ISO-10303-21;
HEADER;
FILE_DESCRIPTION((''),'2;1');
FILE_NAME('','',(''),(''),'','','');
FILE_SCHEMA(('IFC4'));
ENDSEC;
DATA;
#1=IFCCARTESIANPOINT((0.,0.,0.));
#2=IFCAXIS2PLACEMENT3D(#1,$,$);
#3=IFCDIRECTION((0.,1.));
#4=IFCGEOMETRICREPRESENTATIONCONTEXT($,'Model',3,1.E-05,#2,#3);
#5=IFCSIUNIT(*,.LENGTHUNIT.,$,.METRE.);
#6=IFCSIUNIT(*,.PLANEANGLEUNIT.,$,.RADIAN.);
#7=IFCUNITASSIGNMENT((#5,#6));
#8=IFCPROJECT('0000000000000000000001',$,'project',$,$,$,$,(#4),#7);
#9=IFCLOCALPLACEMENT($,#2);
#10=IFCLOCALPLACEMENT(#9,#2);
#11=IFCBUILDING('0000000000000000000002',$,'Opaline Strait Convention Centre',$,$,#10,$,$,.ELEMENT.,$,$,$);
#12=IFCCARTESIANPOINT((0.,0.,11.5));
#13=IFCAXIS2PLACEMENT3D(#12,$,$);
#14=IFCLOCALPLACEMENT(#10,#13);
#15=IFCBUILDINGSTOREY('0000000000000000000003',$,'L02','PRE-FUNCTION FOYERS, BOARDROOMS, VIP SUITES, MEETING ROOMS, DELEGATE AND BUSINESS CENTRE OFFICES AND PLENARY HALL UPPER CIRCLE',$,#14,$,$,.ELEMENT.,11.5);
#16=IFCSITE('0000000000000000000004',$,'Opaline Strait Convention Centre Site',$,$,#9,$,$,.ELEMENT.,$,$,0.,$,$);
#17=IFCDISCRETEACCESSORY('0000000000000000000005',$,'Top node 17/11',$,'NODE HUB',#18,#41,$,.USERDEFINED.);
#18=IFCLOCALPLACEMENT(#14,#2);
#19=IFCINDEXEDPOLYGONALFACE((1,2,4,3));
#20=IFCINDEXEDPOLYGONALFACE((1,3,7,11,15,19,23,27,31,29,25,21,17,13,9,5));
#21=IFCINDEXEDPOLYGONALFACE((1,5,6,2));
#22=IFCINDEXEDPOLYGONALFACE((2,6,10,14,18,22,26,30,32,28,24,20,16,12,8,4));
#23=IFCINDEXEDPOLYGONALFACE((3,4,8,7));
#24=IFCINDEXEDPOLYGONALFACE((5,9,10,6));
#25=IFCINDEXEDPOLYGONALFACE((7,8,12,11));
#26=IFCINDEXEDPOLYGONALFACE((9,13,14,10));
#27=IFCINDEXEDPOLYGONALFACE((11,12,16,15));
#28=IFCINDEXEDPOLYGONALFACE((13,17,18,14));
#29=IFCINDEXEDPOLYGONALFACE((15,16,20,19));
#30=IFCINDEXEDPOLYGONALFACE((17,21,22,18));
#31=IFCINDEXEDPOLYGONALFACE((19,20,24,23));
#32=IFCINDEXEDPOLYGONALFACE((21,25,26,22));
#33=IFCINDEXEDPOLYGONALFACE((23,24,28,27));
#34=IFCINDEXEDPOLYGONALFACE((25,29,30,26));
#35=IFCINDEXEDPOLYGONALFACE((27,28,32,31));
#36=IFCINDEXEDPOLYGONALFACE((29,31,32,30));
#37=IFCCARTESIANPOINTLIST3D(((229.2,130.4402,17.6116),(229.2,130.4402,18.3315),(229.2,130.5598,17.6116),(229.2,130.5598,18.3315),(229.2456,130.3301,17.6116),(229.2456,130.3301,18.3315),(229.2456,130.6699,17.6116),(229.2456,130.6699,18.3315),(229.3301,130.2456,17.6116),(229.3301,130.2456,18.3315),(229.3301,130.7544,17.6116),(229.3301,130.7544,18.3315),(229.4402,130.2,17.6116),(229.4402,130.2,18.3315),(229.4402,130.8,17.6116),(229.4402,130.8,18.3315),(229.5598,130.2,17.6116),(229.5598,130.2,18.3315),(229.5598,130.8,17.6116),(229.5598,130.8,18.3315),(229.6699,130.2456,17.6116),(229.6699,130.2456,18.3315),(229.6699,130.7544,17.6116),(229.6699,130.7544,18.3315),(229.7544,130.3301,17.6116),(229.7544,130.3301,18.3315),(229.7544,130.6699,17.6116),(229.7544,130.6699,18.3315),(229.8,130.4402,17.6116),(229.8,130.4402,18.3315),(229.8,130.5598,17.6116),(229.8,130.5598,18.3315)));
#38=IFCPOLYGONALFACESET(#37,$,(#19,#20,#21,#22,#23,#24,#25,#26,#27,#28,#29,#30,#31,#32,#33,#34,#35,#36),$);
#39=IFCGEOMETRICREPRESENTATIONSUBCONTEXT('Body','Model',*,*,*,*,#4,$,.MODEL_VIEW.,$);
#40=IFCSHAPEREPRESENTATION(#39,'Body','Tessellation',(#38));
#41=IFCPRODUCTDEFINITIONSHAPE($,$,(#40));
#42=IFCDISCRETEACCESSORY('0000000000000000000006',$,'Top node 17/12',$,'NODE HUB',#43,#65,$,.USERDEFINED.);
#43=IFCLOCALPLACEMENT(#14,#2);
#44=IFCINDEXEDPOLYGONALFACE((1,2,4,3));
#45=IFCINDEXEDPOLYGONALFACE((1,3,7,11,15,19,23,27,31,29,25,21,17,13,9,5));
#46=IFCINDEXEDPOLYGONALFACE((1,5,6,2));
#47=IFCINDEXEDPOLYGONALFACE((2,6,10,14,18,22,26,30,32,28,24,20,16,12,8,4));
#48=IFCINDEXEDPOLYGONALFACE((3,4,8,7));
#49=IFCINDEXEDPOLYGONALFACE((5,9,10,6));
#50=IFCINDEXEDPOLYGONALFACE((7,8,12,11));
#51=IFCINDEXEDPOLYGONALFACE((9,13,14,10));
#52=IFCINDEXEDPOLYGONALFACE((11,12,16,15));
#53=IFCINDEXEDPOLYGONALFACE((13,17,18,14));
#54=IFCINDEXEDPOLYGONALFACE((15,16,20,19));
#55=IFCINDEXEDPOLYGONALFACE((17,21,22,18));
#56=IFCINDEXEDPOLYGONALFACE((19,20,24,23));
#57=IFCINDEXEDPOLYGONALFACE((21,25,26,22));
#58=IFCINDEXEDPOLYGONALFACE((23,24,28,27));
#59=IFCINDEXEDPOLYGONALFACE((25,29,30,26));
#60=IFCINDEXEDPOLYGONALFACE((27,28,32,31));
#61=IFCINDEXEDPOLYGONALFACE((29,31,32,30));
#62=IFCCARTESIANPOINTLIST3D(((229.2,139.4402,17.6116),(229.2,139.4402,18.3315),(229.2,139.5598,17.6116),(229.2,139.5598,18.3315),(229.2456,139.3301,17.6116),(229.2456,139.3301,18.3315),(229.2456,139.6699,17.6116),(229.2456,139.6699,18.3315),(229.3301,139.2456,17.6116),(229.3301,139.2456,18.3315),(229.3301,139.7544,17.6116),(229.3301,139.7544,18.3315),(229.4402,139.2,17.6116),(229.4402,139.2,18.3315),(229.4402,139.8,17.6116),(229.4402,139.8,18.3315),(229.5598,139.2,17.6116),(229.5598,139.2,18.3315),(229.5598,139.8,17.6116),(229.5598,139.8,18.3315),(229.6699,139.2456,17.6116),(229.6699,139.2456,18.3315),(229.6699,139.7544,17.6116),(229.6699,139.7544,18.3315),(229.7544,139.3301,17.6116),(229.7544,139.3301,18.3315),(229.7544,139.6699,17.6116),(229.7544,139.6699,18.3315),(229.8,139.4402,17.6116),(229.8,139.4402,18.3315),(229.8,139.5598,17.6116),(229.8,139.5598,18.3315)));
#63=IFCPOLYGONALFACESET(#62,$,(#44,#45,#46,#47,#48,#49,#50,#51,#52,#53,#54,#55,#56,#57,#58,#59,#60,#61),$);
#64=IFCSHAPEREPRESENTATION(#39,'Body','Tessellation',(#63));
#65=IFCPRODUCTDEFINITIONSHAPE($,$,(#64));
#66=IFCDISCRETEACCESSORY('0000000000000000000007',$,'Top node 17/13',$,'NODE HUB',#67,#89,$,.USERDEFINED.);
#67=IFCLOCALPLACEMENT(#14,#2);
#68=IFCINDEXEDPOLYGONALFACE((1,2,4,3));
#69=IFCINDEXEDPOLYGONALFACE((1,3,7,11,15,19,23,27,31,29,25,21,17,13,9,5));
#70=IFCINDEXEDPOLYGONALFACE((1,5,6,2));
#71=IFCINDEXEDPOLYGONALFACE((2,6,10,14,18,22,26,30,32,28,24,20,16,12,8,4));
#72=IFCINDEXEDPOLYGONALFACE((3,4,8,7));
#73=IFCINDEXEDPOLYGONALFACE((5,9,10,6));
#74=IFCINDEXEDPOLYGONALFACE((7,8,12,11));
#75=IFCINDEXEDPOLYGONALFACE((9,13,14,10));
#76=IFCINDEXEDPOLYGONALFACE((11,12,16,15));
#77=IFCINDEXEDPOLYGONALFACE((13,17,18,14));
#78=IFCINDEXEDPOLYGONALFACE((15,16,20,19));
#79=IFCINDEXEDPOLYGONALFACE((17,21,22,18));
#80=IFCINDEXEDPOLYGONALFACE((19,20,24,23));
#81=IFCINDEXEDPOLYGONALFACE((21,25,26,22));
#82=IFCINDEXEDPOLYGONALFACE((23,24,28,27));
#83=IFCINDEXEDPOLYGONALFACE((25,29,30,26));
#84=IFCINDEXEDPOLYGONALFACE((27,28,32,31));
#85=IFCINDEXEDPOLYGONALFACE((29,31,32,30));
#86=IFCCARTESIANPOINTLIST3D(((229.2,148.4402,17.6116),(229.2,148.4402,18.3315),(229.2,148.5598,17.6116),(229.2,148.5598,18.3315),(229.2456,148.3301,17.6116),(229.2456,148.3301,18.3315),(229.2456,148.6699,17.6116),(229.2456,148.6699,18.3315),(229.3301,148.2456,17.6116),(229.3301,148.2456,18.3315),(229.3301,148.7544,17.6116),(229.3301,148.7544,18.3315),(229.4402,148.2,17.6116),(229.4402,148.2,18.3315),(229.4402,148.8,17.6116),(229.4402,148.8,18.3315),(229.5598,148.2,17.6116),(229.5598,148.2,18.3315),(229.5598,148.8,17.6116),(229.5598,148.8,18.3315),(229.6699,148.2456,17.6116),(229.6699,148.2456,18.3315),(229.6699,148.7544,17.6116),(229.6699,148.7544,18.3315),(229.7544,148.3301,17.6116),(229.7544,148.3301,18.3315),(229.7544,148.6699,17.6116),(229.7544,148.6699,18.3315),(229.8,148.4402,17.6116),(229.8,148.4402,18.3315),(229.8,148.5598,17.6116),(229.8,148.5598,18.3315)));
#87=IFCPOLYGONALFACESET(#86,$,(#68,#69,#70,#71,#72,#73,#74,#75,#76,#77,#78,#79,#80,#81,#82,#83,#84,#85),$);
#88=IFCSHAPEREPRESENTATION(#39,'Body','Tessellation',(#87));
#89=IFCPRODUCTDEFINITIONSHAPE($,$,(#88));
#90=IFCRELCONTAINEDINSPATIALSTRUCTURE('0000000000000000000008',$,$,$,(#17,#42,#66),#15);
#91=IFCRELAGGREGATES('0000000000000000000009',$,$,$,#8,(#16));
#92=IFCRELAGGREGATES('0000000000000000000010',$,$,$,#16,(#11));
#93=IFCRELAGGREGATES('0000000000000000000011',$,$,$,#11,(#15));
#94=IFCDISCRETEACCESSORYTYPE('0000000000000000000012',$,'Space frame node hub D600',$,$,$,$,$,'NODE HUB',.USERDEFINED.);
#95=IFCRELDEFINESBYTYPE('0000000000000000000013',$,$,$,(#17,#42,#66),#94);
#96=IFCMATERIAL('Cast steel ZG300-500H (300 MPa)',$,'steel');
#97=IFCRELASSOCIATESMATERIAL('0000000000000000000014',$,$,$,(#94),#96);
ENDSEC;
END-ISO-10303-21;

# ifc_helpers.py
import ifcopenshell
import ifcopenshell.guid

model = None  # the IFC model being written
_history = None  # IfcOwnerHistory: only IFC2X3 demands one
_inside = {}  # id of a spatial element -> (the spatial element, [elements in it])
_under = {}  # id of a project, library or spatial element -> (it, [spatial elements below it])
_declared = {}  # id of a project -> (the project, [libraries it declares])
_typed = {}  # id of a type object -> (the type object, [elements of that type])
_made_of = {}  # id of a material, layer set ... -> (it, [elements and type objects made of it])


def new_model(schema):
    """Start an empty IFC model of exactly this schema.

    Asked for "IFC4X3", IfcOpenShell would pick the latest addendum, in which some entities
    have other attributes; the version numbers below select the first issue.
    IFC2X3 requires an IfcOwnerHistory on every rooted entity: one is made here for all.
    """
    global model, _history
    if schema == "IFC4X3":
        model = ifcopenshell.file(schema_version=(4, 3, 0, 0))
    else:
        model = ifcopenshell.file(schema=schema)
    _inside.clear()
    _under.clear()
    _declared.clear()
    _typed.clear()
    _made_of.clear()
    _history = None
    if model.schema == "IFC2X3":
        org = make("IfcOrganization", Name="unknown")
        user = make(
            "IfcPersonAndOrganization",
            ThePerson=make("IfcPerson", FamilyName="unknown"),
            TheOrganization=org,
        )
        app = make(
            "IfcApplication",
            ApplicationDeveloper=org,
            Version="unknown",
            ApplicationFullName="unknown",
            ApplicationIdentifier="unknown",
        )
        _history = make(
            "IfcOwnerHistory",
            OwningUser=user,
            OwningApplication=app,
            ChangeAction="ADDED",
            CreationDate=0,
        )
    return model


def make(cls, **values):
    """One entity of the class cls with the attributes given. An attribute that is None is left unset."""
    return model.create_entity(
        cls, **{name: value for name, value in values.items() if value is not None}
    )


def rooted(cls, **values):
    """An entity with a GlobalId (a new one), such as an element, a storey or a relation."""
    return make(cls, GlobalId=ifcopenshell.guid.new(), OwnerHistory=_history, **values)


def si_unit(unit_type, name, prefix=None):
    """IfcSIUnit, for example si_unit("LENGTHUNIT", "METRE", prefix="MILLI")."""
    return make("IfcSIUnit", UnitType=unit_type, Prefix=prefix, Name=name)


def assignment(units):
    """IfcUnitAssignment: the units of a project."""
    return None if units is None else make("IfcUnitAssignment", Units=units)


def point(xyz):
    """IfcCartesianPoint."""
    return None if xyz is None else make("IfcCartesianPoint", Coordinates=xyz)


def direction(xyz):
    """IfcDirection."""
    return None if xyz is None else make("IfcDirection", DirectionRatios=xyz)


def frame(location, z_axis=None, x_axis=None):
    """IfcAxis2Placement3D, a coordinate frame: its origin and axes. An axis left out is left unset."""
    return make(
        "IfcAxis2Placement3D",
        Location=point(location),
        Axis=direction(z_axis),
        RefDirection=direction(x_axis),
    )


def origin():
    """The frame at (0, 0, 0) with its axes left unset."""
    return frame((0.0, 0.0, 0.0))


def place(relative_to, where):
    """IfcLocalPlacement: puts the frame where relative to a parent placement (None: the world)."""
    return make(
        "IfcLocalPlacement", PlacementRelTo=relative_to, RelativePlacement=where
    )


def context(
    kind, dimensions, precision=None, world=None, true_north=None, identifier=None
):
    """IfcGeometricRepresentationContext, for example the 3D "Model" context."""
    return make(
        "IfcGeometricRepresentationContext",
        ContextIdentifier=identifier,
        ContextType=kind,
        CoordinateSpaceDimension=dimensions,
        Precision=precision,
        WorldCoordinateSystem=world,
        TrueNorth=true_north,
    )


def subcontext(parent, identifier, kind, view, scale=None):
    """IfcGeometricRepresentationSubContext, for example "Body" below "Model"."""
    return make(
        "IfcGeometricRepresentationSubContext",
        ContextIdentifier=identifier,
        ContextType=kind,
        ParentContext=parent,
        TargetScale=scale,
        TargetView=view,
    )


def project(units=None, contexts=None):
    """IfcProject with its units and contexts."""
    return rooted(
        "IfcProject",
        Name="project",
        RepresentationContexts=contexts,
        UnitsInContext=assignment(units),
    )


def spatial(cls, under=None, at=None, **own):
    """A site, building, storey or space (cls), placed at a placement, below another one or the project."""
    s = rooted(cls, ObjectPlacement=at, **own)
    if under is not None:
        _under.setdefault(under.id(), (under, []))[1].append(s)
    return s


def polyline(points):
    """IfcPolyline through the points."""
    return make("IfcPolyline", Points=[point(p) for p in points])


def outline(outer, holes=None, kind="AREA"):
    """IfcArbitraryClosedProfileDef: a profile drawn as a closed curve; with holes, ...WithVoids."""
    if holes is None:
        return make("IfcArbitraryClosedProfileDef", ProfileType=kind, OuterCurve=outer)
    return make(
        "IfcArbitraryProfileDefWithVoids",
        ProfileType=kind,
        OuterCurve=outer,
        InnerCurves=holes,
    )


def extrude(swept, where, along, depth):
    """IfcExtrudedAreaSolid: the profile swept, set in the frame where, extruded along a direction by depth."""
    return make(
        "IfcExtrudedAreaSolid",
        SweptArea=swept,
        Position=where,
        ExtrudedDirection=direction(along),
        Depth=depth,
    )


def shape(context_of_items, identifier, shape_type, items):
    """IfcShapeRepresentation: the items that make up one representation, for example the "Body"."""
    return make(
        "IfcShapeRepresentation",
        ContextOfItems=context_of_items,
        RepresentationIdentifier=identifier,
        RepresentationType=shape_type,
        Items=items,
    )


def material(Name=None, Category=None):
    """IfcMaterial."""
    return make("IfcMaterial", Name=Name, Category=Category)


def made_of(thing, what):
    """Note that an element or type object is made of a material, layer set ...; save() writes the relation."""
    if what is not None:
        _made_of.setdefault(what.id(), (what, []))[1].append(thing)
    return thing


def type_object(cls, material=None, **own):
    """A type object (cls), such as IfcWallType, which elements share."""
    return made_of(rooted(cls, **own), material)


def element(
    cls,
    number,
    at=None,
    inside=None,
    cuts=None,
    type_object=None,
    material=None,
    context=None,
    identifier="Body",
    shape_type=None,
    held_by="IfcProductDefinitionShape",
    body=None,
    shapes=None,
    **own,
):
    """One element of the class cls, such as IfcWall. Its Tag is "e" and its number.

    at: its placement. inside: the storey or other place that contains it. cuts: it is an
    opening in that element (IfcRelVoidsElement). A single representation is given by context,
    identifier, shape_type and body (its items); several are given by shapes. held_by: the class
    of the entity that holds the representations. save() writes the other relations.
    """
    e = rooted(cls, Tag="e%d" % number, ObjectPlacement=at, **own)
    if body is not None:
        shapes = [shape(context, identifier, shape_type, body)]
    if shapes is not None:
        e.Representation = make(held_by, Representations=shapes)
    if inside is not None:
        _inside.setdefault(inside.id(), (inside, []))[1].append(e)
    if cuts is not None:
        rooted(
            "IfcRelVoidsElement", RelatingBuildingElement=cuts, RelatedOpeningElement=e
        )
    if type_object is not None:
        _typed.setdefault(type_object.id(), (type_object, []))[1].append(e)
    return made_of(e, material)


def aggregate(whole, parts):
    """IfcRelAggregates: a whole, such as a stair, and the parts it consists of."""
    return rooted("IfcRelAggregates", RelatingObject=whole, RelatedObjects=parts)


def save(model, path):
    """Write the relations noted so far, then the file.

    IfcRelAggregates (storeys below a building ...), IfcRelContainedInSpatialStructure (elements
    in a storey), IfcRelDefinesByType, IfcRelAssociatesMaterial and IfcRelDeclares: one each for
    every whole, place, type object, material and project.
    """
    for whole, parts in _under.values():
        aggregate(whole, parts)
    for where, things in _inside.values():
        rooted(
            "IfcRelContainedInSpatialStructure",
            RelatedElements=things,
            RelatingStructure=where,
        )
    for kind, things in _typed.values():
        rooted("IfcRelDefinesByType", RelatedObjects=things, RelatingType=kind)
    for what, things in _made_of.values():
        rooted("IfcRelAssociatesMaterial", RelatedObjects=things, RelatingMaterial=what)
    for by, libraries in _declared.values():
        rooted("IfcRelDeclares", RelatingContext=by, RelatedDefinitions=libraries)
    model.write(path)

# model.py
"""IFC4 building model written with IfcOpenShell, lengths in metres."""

from ifc_helpers import new_model, si_unit, direction, frame, origin, place, context, subcontext, project, spatial, polyline, outline, extrude, material, type_object, element, save


model = new_model("IFC4")

# Units and contexts
model_context = context("Model", 3, precision=1e-05, world=origin(), true_north=direction((0.0, 1.0)))
body_context = subcontext(model_context, "Body", "Model", "MODEL_VIEW")
ifc_project = project(units=[si_unit("LENGTHUNIT", "METRE"), si_unit("PLANEANGLEUNIT", "RADIAN")], contexts=[model_context])

# Site, building, storey
site_placement = place(None, origin())
site = spatial("IfcSite", under=ifc_project, at=site_placement, Name="Opaline Strait Convention Centre Site", CompositionType="ELEMENT", RefElevation=0.0)
building_placement = place(site_placement, origin())
building = spatial("IfcBuilding", under=site, at=building_placement, Name="Opaline Strait Convention Centre", CompositionType="ELEMENT")
storey_placement = place(building_placement, frame((0.0, 0.0, 11.5)))
storey = spatial("IfcBuildingStorey", under=building, at=storey_placement, Name="L02", Description="PRE-FUNCTION FOYERS, BOARDROOMS, VIP SUITES, MEETING ROOMS, DELEGATE AND BUSINESS CENTRE OFFICES AND PLENARY HALL UPPER CIRCLE", CompositionType="ELEMENT", Elevation=11.5)

# Discrete accessories
ifc_material = material(Name="Cast steel ZG300-500H (300 MPa)", Category="steel")
discrete_accessory_type = type_object("IfcDiscreteAccessoryType", Name="Space frame node hub D600", ElementType="NODE HUB", PredefinedType="USERDEFINED", material=ifc_material)
discrete_accessory_1_placement = place(storey_placement, frame((0.0, 0.0, 17.6116)))
element("IfcDiscreteAccessory", 1, at=discrete_accessory_1_placement, inside=storey, type_object=discrete_accessory_type, Name="Top node 17/11", ObjectType="NODE HUB", PredefinedType="USERDEFINED", context=body_context, shape_type="SweptSolid", body=[
    extrude(outline(polyline([(229.8, 130.5598), (229.7544, 130.6699), (229.6699, 130.7544), (229.5598, 130.8), (229.4402, 130.8), (229.3301, 130.7544), (229.2456, 130.6699), (229.2, 130.5598), (229.2, 130.4402), (229.2456, 130.3301), (229.3301, 130.2456), (229.4402, 130.2), (229.5598, 130.2), (229.6699, 130.2456), (229.7544, 130.3301), (229.8, 130.4402), (229.8, 130.5598)])), origin(), (0.0, 0.0, 1.0), 0.72),
])
discrete_accessory_2_placement = place(storey_placement, frame((0.0, 0.0, 17.6116)))
element("IfcDiscreteAccessory", 2, at=discrete_accessory_2_placement, inside=storey, type_object=discrete_accessory_type, Name="Top node 17/12", ObjectType="NODE HUB", PredefinedType="USERDEFINED", context=body_context, shape_type="SweptSolid", body=[
    extrude(outline(polyline([(229.8, 139.5598), (229.7544, 139.6699), (229.6699, 139.7544), (229.5598, 139.8), (229.4402, 139.8), (229.3301, 139.7544), (229.2456, 139.6699), (229.2, 139.5598), (229.2, 139.4402), (229.2456, 139.3301), (229.3301, 139.2456), (229.4402, 139.2), (229.5598, 139.2), (229.6699, 139.2456), (229.7544, 139.3301), (229.8, 139.4402), (229.8, 139.5598)])), origin(), (0.0, 0.0, 1.0), 0.72),
])
discrete_accessory_3_placement = place(storey_placement, frame((0.0, 0.0, 17.6116)))
element("IfcDiscreteAccessory", 3, at=discrete_accessory_3_placement, inside=storey, type_object=discrete_accessory_type, Name="Top node 17/13", ObjectType="NODE HUB", PredefinedType="USERDEFINED", context=body_context, shape_type="SweptSolid", body=[
    extrude(outline(polyline([(229.8, 148.5598), (229.7544, 148.6699), (229.6699, 148.7544), (229.5598, 148.8), (229.4402, 148.8), (229.3301, 148.7544), (229.2456, 148.6699), (229.2, 148.5598), (229.2, 148.4402), (229.2456, 148.3301), (229.3301, 148.2456), (229.4402, 148.2), (229.5598, 148.2), (229.6699, 148.2456), (229.7544, 148.3301), (229.8, 148.4402), (229.8, 148.5598)])), origin(), (0.0, 0.0, 1.0), 0.72),
])

save(model, "model.ifc")
